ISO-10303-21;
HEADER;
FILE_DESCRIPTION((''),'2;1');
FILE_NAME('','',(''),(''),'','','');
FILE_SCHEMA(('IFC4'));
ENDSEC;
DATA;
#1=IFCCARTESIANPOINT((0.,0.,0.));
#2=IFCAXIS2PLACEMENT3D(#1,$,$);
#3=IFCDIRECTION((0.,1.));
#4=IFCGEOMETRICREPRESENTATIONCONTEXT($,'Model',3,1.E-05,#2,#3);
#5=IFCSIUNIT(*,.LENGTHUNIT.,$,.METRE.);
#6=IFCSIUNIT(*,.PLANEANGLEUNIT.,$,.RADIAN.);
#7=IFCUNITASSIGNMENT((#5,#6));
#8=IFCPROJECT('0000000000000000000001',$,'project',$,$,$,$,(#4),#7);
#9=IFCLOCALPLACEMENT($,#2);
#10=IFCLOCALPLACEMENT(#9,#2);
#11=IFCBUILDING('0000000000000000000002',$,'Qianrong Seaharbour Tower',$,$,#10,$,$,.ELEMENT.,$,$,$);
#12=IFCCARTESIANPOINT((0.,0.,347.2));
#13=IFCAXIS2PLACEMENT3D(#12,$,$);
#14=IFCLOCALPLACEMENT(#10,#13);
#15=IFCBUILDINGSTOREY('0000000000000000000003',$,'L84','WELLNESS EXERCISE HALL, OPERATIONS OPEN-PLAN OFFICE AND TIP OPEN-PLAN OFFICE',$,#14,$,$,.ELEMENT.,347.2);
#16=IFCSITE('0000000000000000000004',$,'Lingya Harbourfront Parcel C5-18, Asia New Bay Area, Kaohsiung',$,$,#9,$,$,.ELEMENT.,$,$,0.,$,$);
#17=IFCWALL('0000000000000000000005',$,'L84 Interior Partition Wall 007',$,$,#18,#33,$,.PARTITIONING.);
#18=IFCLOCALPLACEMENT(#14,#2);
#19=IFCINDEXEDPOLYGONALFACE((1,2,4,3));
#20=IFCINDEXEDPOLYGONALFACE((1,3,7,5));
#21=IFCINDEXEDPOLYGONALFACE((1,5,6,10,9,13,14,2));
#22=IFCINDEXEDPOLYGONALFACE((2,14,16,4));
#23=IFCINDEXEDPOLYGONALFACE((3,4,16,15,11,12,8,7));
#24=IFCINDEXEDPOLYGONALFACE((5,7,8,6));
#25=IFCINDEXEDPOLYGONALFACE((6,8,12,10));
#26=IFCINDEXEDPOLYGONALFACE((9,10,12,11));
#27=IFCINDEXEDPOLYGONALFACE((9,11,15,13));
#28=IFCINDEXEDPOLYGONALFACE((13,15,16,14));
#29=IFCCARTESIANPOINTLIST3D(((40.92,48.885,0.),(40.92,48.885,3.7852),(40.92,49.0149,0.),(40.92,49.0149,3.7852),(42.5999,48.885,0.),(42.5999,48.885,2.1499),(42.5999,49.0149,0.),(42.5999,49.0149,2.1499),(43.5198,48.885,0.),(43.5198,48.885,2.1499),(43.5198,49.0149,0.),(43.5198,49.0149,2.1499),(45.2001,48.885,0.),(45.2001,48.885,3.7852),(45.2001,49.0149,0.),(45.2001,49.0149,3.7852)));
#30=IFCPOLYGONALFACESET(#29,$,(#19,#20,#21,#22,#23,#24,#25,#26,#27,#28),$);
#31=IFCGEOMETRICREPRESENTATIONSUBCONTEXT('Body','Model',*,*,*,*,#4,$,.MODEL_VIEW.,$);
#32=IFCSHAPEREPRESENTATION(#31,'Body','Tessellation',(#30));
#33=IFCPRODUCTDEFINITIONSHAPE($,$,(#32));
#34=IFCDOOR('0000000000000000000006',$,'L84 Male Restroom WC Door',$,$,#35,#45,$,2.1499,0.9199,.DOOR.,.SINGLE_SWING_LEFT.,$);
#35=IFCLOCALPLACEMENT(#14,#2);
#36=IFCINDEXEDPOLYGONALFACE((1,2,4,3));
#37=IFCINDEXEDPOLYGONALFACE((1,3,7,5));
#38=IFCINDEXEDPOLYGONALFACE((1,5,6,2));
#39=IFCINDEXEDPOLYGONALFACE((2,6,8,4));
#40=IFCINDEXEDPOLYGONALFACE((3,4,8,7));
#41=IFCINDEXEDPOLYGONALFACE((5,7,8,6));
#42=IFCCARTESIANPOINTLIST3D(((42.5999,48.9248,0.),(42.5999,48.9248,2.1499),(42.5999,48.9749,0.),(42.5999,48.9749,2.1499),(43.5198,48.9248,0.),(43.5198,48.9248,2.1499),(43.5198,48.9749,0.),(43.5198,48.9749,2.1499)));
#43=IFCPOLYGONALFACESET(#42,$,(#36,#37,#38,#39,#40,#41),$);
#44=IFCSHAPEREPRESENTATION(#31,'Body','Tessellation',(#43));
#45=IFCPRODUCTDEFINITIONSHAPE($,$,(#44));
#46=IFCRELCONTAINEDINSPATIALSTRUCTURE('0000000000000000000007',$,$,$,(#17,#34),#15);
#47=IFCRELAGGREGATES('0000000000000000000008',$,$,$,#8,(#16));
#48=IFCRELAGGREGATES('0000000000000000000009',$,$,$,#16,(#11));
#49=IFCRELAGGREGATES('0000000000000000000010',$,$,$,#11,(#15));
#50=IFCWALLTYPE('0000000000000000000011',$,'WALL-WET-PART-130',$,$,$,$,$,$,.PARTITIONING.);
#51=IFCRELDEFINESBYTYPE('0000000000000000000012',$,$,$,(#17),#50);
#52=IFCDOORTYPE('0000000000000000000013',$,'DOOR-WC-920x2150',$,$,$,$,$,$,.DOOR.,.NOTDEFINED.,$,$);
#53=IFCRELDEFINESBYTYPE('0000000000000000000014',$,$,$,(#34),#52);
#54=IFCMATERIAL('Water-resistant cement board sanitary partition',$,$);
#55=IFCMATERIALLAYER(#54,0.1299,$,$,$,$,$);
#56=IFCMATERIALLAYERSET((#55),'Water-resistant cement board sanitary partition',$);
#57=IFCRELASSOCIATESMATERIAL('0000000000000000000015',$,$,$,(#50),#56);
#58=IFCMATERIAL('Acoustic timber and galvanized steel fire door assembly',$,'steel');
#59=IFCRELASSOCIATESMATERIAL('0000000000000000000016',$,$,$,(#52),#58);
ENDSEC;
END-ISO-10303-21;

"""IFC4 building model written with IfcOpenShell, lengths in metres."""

from ifc_helpers import new_model, si_unit, direction, frame, frame_2d, origin, place, context, subcontext, project, spatial, rectangle, extrude, material, layer, layer_set, type_object, element, fill, save


model = new_model("IFC4")

# Units and contexts
model_context = context("Model", 3, precision=1e-05, world=origin(), true_north=direction((0.0, 1.0)))
body_context = subcontext(model_context, "Body", "Model", "MODEL_VIEW")
ifc_project = project(units=[si_unit("LENGTHUNIT", "METRE"), si_unit("PLANEANGLEUNIT", "RADIAN")], contexts=[model_context])

# Site, building, storey
site_placement = place(None, origin())
site = spatial("IfcSite", under=ifc_project, at=site_placement, Name="Lingya Harbourfront Parcel C5-18, Asia New Bay Area, Kaohsiung", CompositionType="ELEMENT", RefElevation=0.0)
building_placement = place(site_placement, origin())
building = spatial("IfcBuilding", under=site, at=building_placement, Name="Qianrong Seaharbour Tower", CompositionType="ELEMENT")
storey_placement = place(building_placement, frame((0.0, 0.0, 347.2)))
storey = spatial("IfcBuildingStorey", under=building, at=storey_placement, Name="L84", Description="WELLNESS EXERCISE HALL, OPERATIONS OPEN-PLAN OFFICE AND TIP OPEN-PLAN OFFICE", CompositionType="ELEMENT", Elevation=347.2)

# Shared definitions
ifc_material_1 = material(Name="Acoustic timber and galvanized steel fire door assembly", Category="steel")

# Shared definitions
ifc_material_2 = material(Name="Water-resistant cement board sanitary partition")
ifc_layer_1 = layer(ifc_material_2, 0.1299)
ifc_layer_set_1 = layer_set([ifc_layer_1], Name="Water-resistant cement board sanitary partition")
wall_type_1 = type_object("IfcWallType", Name="WALL-WET-PART-130", PredefinedType="PARTITIONING", material=ifc_layer_set_1)

# Wall, opening, door
wall_1_placement = place(storey_placement, frame((40.9199, 48.95, 0.0), z_axis=(0.0, 0.0, 1.0), x_axis=(1.0, 0.0, 0.0)))
wall_1 = element("IfcWall", 1, at=wall_1_placement, inside=storey, type_object=wall_type_1, Name="L84 Interior Partition Wall 007", PredefinedType="PARTITIONING", context=body_context, shape_type="SweptSolid", body=[
    extrude(rectangle(XDim=4.28, YDim=0.1299, at=frame_2d((2.1401, 0.0))), origin(), (0.0, 0.0, 1.0), 3.7852),
])
opening_1_placement = place(wall_1_placement, frame((1.6799, 0.0, 0.0)))
opening_1 = element("IfcOpeningElement", 2, at=opening_1_placement, cuts=wall_1, PredefinedType="OPENING", context=body_context, shape_type="SweptSolid", body=[
    extrude(rectangle(XDim=0.9199, YDim=2.1499, at=frame_2d((0.46, 1.075))), frame((0.0, 0.075, 0.0), z_axis=(0.0, -1.0, 0.0), x_axis=(1.0, 0.0, 0.0)), (0.0, 0.0, 1.0), 0.1499),
])
door_type_1 = type_object("IfcDoorType", Name="DOOR-WC-920x2150", OperationType="NOTDEFINED", PredefinedType="DOOR", material=ifc_material_1)
door_1_placement = place(opening_1_placement, origin())
door_1 = element("IfcDoor", 3, at=door_1_placement, inside=storey, type_object=door_type_1, Name="L84 Male Restroom WC Door", OperationType="SINGLE_SWING_LEFT", OverallHeight=2.1499, OverallWidth=0.9199, PredefinedType="DOOR", context=body_context, shape_type="SweptSolid", body=[
    extrude(rectangle(XDim=0.9199, YDim=2.1499, at=frame_2d((0.46, 1.075))), frame((0.0, 0.0249, 0.0), z_axis=(0.0, -1.0, 0.0), x_axis=(1.0, 0.0, 0.0)), (0.0, 0.0, 1.0), 0.05),
])
fill(opening_1, door_1)

save(model, "model.ifc")
